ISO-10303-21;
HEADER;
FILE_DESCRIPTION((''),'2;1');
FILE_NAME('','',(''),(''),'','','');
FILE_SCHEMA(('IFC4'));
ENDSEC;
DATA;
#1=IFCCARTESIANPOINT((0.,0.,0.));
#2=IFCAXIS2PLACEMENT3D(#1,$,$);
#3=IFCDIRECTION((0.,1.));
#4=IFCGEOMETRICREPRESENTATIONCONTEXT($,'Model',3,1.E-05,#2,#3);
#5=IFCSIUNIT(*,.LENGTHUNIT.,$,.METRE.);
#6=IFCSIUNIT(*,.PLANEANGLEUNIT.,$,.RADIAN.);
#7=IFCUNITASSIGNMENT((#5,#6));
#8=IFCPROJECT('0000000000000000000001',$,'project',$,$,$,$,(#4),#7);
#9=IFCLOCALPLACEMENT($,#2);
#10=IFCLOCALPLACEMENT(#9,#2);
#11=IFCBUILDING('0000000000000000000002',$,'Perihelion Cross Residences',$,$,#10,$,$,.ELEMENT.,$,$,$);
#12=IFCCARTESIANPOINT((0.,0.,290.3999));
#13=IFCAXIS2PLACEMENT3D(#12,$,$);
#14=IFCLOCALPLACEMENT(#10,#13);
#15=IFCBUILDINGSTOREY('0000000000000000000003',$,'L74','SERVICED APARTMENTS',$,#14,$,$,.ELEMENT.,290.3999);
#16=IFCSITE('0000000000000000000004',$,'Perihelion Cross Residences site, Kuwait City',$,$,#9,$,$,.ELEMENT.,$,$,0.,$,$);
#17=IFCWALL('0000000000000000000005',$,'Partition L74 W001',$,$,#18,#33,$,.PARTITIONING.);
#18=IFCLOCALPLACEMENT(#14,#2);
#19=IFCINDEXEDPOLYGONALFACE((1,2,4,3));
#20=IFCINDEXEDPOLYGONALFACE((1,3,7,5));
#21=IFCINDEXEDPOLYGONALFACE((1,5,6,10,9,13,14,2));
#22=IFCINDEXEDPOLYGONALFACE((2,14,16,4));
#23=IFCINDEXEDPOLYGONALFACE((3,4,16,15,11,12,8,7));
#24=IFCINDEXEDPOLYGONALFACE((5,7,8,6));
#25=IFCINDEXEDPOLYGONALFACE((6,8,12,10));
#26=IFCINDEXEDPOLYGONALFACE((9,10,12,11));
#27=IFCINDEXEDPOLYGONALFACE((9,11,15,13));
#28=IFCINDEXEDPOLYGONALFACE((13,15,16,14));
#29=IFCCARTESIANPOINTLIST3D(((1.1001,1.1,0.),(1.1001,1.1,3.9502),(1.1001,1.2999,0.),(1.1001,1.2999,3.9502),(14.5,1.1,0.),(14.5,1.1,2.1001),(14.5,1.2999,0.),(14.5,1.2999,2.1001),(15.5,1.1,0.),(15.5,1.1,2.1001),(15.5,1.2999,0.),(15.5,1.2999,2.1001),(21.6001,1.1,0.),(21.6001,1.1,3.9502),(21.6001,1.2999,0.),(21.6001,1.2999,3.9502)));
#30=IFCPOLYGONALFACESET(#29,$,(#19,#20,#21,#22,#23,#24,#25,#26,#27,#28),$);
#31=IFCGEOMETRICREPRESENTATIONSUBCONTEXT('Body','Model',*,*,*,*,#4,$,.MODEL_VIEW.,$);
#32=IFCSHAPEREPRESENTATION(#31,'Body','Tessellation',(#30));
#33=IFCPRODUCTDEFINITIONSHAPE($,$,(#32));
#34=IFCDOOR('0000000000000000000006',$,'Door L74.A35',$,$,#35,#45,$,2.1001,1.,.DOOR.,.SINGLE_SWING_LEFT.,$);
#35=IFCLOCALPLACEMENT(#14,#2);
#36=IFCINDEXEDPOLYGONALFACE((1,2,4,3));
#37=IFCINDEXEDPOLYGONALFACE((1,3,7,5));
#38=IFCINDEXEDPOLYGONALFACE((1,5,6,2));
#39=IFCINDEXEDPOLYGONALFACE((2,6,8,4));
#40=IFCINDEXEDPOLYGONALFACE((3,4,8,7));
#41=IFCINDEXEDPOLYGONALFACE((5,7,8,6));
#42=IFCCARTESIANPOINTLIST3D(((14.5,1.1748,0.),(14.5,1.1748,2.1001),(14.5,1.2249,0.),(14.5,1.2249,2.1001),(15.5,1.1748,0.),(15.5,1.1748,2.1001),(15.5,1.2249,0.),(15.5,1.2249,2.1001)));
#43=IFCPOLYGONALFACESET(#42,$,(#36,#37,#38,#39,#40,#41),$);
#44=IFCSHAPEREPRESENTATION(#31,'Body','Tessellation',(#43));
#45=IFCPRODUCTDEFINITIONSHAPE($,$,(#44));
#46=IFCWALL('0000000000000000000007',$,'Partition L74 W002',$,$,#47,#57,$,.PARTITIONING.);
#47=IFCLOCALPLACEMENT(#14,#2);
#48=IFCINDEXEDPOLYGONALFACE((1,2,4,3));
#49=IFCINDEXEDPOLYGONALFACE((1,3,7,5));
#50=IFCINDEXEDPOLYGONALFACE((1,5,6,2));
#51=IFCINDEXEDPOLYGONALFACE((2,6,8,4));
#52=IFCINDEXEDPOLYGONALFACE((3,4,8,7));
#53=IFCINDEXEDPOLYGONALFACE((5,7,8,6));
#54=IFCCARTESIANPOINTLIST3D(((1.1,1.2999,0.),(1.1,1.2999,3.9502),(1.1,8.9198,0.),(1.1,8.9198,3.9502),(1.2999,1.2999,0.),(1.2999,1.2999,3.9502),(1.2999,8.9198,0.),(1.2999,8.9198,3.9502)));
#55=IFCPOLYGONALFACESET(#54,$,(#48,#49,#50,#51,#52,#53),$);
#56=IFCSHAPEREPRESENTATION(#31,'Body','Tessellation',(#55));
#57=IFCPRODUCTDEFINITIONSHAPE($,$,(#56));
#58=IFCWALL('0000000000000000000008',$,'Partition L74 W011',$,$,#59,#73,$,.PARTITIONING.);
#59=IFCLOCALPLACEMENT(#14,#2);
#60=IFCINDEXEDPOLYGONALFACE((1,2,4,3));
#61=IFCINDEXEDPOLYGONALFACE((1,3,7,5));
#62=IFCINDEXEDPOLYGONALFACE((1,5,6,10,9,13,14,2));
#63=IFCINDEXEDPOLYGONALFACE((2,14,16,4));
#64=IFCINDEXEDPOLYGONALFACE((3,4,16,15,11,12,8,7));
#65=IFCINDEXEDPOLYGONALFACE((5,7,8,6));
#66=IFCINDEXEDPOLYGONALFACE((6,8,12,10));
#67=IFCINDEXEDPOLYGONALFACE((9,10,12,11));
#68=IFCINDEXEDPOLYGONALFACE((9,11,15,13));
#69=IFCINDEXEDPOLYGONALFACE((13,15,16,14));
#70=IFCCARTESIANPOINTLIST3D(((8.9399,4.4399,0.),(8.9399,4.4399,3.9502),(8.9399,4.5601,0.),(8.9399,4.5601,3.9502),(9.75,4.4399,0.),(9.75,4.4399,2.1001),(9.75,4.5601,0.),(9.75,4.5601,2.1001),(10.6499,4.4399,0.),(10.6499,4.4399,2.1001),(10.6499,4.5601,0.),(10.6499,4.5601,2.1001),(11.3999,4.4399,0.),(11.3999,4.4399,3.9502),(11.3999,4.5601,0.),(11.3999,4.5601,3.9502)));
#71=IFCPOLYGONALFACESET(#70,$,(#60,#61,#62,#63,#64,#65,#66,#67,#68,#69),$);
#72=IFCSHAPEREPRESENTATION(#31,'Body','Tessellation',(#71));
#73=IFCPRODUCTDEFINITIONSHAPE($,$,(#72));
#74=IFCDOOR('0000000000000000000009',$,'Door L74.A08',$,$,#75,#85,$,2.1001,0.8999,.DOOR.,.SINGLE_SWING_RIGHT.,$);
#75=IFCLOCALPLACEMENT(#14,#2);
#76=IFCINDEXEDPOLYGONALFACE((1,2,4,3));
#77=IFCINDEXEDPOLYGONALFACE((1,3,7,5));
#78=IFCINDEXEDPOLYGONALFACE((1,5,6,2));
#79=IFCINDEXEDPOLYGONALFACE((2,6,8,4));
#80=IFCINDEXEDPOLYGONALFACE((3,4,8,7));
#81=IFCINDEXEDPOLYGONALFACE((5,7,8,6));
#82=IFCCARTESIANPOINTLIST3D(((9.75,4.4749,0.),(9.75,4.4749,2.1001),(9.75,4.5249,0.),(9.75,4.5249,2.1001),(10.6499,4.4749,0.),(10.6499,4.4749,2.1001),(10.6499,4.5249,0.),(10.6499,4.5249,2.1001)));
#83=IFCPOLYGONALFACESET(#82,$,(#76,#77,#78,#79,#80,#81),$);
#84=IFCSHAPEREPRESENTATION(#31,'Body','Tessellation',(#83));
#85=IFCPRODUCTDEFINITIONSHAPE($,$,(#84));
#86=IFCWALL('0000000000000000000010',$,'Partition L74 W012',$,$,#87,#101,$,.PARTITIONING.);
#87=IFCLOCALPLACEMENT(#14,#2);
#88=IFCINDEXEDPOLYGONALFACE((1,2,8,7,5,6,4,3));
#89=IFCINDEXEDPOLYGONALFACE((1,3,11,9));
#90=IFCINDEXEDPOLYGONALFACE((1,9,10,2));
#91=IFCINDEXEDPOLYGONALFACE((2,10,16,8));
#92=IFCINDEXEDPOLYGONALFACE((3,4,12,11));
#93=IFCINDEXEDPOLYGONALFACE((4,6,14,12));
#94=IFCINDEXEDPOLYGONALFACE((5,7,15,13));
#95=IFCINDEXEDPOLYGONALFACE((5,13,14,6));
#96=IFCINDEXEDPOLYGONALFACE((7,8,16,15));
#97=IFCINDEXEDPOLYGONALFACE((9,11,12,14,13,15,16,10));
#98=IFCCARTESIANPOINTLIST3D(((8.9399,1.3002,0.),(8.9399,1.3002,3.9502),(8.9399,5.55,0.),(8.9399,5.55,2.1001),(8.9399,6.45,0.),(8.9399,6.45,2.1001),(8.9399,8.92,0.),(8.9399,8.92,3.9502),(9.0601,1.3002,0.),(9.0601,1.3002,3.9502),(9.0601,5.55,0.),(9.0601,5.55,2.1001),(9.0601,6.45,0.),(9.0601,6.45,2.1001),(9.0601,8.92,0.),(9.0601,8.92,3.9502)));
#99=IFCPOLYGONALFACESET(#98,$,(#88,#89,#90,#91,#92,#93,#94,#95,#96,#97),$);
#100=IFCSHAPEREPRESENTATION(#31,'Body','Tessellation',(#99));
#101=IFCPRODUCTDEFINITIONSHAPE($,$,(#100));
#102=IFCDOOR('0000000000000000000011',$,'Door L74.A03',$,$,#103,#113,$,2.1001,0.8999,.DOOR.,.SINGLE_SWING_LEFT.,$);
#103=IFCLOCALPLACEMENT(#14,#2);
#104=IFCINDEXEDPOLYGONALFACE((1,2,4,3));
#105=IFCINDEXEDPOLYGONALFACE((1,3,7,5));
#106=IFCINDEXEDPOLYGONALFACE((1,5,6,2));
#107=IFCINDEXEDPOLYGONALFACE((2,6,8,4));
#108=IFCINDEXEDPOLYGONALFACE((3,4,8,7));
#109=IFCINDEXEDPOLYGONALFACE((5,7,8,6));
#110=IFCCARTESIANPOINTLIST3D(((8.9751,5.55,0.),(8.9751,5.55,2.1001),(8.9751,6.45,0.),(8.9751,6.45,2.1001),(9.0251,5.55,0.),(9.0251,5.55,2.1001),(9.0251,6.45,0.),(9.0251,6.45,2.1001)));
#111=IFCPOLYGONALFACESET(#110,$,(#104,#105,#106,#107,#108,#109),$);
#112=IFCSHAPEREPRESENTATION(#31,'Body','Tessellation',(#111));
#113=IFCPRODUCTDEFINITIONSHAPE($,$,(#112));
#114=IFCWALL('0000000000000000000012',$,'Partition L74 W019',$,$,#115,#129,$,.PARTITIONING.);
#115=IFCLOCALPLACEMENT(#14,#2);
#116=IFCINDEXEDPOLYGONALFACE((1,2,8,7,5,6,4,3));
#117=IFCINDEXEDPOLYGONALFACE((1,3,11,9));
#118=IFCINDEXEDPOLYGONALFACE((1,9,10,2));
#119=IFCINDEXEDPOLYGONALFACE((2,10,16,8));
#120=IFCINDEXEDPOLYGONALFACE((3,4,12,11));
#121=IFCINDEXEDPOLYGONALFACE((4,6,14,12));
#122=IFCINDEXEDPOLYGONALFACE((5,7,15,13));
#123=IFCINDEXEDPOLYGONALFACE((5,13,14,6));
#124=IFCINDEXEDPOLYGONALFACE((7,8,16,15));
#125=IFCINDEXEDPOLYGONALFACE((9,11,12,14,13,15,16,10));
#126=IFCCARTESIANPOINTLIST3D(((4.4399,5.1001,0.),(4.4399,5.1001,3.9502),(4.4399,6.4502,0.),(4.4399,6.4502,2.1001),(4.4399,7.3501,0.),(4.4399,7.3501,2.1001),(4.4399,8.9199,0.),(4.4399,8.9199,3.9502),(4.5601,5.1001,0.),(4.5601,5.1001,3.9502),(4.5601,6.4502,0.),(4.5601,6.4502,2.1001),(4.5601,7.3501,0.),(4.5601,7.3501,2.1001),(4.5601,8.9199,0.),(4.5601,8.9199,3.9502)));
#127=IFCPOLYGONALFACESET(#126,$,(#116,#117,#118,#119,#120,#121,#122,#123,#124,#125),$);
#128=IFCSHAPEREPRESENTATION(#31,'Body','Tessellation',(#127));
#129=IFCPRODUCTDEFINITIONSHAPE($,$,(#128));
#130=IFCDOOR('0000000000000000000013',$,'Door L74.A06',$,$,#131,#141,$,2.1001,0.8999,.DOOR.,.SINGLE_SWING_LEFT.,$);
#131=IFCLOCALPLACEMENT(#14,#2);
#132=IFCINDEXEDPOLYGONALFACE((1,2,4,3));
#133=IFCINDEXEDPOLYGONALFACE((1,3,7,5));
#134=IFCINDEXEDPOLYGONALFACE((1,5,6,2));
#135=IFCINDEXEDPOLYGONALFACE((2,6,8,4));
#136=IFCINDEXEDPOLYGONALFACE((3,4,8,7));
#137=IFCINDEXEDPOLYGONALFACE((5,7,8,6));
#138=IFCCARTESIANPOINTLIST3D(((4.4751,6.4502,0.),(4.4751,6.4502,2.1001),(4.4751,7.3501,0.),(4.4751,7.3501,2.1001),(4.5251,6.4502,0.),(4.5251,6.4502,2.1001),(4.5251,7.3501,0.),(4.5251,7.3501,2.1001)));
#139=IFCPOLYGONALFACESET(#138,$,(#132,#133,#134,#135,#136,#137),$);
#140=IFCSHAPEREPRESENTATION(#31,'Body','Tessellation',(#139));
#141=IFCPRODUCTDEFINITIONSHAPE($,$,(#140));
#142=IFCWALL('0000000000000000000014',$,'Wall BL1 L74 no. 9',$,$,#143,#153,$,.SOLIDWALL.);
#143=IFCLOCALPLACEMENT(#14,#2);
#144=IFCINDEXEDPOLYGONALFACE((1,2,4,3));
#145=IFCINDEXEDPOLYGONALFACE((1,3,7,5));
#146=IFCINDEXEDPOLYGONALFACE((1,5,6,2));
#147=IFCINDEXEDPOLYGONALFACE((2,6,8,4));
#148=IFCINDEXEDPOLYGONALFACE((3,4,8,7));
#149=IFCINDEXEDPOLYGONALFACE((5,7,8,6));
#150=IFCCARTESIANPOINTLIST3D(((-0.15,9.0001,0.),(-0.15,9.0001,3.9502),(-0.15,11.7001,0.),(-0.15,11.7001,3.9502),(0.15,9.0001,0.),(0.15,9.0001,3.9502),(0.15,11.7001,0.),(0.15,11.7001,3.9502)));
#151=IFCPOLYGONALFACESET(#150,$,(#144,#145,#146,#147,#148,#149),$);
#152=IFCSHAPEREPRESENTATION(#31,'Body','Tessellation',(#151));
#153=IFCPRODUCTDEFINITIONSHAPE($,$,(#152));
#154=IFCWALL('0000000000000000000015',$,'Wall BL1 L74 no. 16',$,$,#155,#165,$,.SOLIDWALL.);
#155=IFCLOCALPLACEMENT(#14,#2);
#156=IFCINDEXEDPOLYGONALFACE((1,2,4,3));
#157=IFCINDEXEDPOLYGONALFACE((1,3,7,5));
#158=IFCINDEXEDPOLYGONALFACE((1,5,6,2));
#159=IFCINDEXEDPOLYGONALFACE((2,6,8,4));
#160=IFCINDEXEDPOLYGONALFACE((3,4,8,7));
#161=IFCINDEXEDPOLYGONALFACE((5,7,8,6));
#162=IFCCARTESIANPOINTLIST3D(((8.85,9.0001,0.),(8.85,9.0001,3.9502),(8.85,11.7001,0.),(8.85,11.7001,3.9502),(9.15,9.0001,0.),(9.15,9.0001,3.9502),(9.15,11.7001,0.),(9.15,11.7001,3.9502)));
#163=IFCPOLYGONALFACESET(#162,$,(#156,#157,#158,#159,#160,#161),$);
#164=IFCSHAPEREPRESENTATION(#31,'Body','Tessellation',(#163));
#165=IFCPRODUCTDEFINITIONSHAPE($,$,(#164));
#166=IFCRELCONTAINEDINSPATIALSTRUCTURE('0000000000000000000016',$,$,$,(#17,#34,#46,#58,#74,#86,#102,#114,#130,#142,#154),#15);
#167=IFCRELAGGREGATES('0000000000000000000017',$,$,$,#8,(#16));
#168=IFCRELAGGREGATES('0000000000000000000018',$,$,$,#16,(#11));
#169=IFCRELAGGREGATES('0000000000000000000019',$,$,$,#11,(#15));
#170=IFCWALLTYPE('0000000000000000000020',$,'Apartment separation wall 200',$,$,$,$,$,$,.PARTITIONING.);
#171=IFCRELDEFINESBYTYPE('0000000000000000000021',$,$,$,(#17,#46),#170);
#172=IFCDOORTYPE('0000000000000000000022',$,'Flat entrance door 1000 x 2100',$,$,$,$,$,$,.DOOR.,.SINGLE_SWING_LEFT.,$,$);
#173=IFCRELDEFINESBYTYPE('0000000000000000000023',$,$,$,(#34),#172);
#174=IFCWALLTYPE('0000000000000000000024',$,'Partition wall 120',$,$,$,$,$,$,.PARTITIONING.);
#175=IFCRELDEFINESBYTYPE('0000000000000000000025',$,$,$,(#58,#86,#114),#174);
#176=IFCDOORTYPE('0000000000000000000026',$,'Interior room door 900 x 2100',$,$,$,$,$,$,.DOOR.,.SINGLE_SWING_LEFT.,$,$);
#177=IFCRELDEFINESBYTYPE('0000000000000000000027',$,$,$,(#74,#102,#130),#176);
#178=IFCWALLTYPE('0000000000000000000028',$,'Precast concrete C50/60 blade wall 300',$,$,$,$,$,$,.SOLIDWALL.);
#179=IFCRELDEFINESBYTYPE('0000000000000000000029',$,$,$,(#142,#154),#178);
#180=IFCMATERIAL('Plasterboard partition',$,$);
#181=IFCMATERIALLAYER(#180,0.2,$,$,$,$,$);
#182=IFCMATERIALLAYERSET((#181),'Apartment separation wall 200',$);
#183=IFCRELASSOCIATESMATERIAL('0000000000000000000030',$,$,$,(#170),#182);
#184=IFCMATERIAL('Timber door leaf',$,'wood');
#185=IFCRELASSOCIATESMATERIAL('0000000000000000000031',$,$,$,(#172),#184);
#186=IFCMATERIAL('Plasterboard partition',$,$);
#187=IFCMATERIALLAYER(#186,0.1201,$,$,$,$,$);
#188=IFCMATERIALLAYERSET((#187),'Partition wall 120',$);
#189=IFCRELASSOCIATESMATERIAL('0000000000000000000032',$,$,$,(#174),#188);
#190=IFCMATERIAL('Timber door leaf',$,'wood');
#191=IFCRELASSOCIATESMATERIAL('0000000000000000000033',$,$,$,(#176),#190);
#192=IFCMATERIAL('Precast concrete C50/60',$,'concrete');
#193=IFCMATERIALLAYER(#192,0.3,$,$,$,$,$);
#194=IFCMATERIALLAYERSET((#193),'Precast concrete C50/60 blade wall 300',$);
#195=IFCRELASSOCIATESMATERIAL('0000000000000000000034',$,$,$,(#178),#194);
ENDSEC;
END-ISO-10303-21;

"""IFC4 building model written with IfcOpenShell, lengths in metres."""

from ifc_helpers import new_model, si_unit, direction, frame, frame_2d, origin, place, context, subcontext, project, spatial, rectangle, extrude, material, layer, layer_set, type_object, element, fill, save


model = new_model("IFC4")

# Units and contexts
model_context = context("Model", 3, precision=1e-05, world=origin(), true_north=direction((0.0, 1.0)))
body_context = subcontext(model_context, "Body", "Model", "MODEL_VIEW")
ifc_project = project(units=[si_unit("LENGTHUNIT", "METRE"), si_unit("PLANEANGLEUNIT", "RADIAN")], contexts=[model_context])

# Site, building, storey
site_placement = place(None, origin())
site = spatial("IfcSite", under=ifc_project, at=site_placement, Name="Perihelion Cross Residences site, Kuwait City", CompositionType="ELEMENT", RefElevation=0.0)
building_placement = place(site_placement, origin())
building = spatial("IfcBuilding", under=site, at=building_placement, Name="Perihelion Cross Residences", CompositionType="ELEMENT")
storey_placement = place(building_placement, frame((0.0, 0.0, 290.3999)))
storey = spatial("IfcBuildingStorey", under=building, at=storey_placement, Name="L74", Description="SERVICED APARTMENTS", CompositionType="ELEMENT", Elevation=290.3999)

# Wall, opening, door
ifc_material_1 = material(Name="Plasterboard partition")
ifc_layer_1 = layer(ifc_material_1, 0.2)
ifc_layer_set_1 = layer_set([ifc_layer_1], Name="Apartment separation wall 200")
wall_type_1 = type_object("IfcWallType", Name="Apartment separation wall 200", PredefinedType="PARTITIONING", material=ifc_layer_set_1)
wall_1_placement = place(storey_placement, frame((1.1001, 1.2, 0.0), z_axis=(0.0, 0.0, 1.0), x_axis=(1.0, 0.0, 0.0)))
wall_1 = element("IfcWall", 1, at=wall_1_placement, inside=storey, type_object=wall_type_1, Name="Partition L74 W001", PredefinedType="PARTITIONING", context=body_context, shape_type="SweptSolid", body=[
    extrude(rectangle(XDim=20.5, YDim=0.2, at=frame_2d((10.25, 0.0))), origin(), (0.0, 0.0, 1.0), 3.9502),
])
opening_1_placement = place(wall_1_placement, frame((13.3999, 0.0, 0.0)))
opening_1 = element("IfcOpeningElement", 2, at=opening_1_placement, cuts=wall_1, PredefinedType="OPENING", context=body_context, shape_type="SweptSolid", body=[
    extrude(rectangle(XDim=1.0, YDim=2.1001, at=frame_2d((0.5, 1.05))), frame((0.0, 0.1099, 0.0), z_axis=(0.0, -1.0, 0.0), x_axis=(1.0, 0.0, 0.0)), (0.0, 0.0, 1.0), 0.22),
])
ifc_material_2 = material(Name="Timber door leaf", Category="wood")
door_type_1 = type_object("IfcDoorType", Name="Flat entrance door 1000 x 2100", OperationType="SINGLE_SWING_LEFT", PredefinedType="DOOR", material=ifc_material_2)
door_1_placement = place(opening_1_placement, origin())
door_1 = element("IfcDoor", 3, at=door_1_placement, inside=storey, type_object=door_type_1, Name="Door L74.A35", OperationType="SINGLE_SWING_LEFT", OverallHeight=2.1001, OverallWidth=1.0, PredefinedType="DOOR", context=body_context, shape_type="SweptSolid", body=[
    extrude(rectangle(XDim=1.0, YDim=2.1001, at=frame_2d((0.5, 1.05))), frame((0.0, 0.0249, 0.0), z_axis=(0.0, -1.0, 0.0), x_axis=(1.0, 0.0, 0.0)), (0.0, 0.0, 1.0), 0.05),
])
fill(opening_1, door_1)

# Wall
wall_2_placement = place(storey_placement, frame((1.2, 8.9199, 0.0), z_axis=(0.0, 0.0, 1.0), x_axis=(0.0, -1.0, 0.0)))
element("IfcWall", 4, at=wall_2_placement, inside=storey, type_object=wall_type_1, Name="Partition L74 W002", PredefinedType="PARTITIONING", context=body_context, shape_type="SweptSolid", body=[
    extrude(rectangle(XDim=7.6199, YDim=0.2, at=frame_2d((3.8101, 0.0))), origin(), (0.0, 0.0, 1.0), 3.9502),
])

# Walls, openings, doors
ifc_material_3 = material(Name="Plasterboard partition")
ifc_layer_2 = layer(ifc_material_3, 0.1201)
ifc_layer_set_2 = layer_set([ifc_layer_2], Name="Partition wall 120")
wall_type_2 = type_object("IfcWallType", Name="Partition wall 120", PredefinedType="PARTITIONING", material=ifc_layer_set_2)
wall_3_placement = place(storey_placement, frame((8.9399, 4.5, 0.0), z_axis=(0.0, 0.0, 1.0), x_axis=(1.0, 0.0, 0.0)))
wall_3 = element("IfcWall", 5, at=wall_3_placement, inside=storey, type_object=wall_type_2, Name="Partition L74 W011", PredefinedType="PARTITIONING", context=body_context, shape_type="SweptSolid", body=[
    extrude(rectangle(XDim=2.46, YDim=0.1201, at=frame_2d((1.23, 0.0))), origin(), (0.0, 0.0, 1.0), 3.9502),
])
opening_2_placement = place(wall_3_placement, frame((0.8101, 0.0, 0.0)))
opening_2 = element("IfcOpeningElement", 6, at=opening_2_placement, cuts=wall_3, PredefinedType="OPENING", context=body_context, shape_type="SweptSolid", body=[
    extrude(rectangle(XDim=0.8999, YDim=2.1001, at=frame_2d((0.45, 1.05))), frame((0.0, 0.0701, 0.0), z_axis=(0.0, -1.0, 0.0), x_axis=(1.0, 0.0, 0.0)), (0.0, 0.0, 1.0), 0.1401),
])
ifc_material_4 = material(Name="Timber door leaf", Category="wood")
door_type_2 = type_object("IfcDoorType", Name="Interior room door 900 x 2100", OperationType="SINGLE_SWING_LEFT", PredefinedType="DOOR", material=ifc_material_4)
door_2_placement = place(opening_2_placement, origin())
door_2 = element("IfcDoor", 7, at=door_2_placement, inside=storey, type_object=door_type_2, Name="Door L74.A08", OperationType="SINGLE_SWING_RIGHT", OverallHeight=2.1001, OverallWidth=0.8999, PredefinedType="DOOR", context=body_context, shape_type="SweptSolid", body=[
    extrude(rectangle(XDim=0.8999, YDim=2.1001, at=frame_2d((0.45, 1.05))), frame((0.0, 0.0249, 0.0), z_axis=(0.0, -1.0, 0.0), x_axis=(1.0, 0.0, 0.0)), (0.0, 0.0, 1.0), 0.05),
])
fill(opening_2, door_2)
wall_4_placement = place(storey_placement, frame((9.0, 1.3, 0.0), z_axis=(0.0, 0.0, 1.0), x_axis=(0.0, 1.0, 0.0)))
wall_4 = element("IfcWall", 8, at=wall_4_placement, inside=storey, type_object=wall_type_2, Name="Partition L74 W012", PredefinedType="PARTITIONING", context=body_context, shape_type="SweptSolid", body=[
    extrude(rectangle(XDim=7.6199, YDim=0.1201, at=frame_2d((3.8101, 0.0))), origin(), (0.0, 0.0, 1.0), 3.9502),
])
opening_3_placement = place(wall_4_placement, frame((4.25, 0.0, 0.0)))
opening_3 = element("IfcOpeningElement", 9, at=opening_3_placement, cuts=wall_4, PredefinedType="OPENING", context=body_context, shape_type="SweptSolid", body=[
    extrude(rectangle(XDim=0.8999, YDim=2.1001, at=frame_2d((0.45, 1.05))), frame((0.0, 0.0701, 0.0), z_axis=(0.0, -1.0, 0.0), x_axis=(1.0, 0.0, 0.0)), (0.0, 0.0, 1.0), 0.1401),
])
door_3_placement = place(opening_3_placement, origin())
door_3 = element("IfcDoor", 10, at=door_3_placement, inside=storey, type_object=door_type_2, Name="Door L74.A03", OperationType="SINGLE_SWING_LEFT", OverallHeight=2.1001, OverallWidth=0.8999, PredefinedType="DOOR", context=body_context, shape_type="SweptSolid", body=[
    extrude(rectangle(XDim=0.8999, YDim=2.1001, at=frame_2d((0.45, 1.05))), frame((0.0, 0.0249, 0.0), z_axis=(0.0, -1.0, 0.0), x_axis=(1.0, 0.0, 0.0)), (0.0, 0.0, 1.0), 0.05),
])
fill(opening_3, door_3)
wall_5_placement = place(storey_placement, frame((4.5, 5.1001, 0.0), z_axis=(0.0, 0.0, 1.0), x_axis=(0.0, 1.0, 0.0)))
wall_5 = element("IfcWall", 11, at=wall_5_placement, inside=storey, type_object=wall_type_2, Name="Partition L74 W019", PredefinedType="PARTITIONING", context=body_context, shape_type="SweptSolid", body=[
    extrude(rectangle(XDim=3.8198, YDim=0.1201, at=frame_2d((1.9099, 0.0))), origin(), (0.0, 0.0, 1.0), 3.9502),
])
opening_4_placement = place(wall_5_placement, frame((1.3501, 0.0, 0.0)))
opening_4 = element("IfcOpeningElement", 12, at=opening_4_placement, cuts=wall_5, PredefinedType="OPENING", context=body_context, shape_type="SweptSolid", body=[
    extrude(rectangle(XDim=0.8999, YDim=2.1001, at=frame_2d((0.45, 1.05))), frame((0.0, 0.0701, 0.0), z_axis=(0.0, -1.0, 0.0), x_axis=(1.0, 0.0, 0.0)), (0.0, 0.0, 1.0), 0.1401),
])
door_4_placement = place(opening_4_placement, origin())
door_4 = element("IfcDoor", 13, at=door_4_placement, inside=storey, type_object=door_type_2, Name="Door L74.A06", OperationType="SINGLE_SWING_LEFT", OverallHeight=2.1001, OverallWidth=0.8999, PredefinedType="DOOR", context=body_context, shape_type="SweptSolid", body=[
    extrude(rectangle(XDim=0.8999, YDim=2.1001, at=frame_2d((0.45, 1.05))), frame((0.0, 0.0249, 0.0), z_axis=(0.0, -1.0, 0.0), x_axis=(1.0, 0.0, 0.0)), (0.0, 0.0, 1.0), 0.05),
])
fill(opening_4, door_4)

# Walls
ifc_material_5 = material(Name="Precast concrete C50/60", Category="concrete")
ifc_layer_3 = layer(ifc_material_5, 0.3)
ifc_layer_set_3 = layer_set([ifc_layer_3], Name="Precast concrete C50/60 blade wall 300")
wall_type_3 = type_object("IfcWallType", Name="Precast concrete C50/60 blade wall 300", PredefinedType="SOLIDWALL", material=ifc_layer_set_3)
for number, where, z_axis, x_axis, name in (
    (14, (0.0, 9.0, 0.0), (0.0, 0.0, 1.0), (0.0, 1.0, 0.0), "Wall BL1 L74 no. 9"),
    (15, (9.0, 9.0, 0.0), (0.0, 0.0, 1.0), (0.0, 1.0, 0.0), "Wall BL1 L74 no. 16"),
):
    element("IfcWall", number, at=place(storey_placement, frame(where, z_axis=z_axis, x_axis=x_axis)), inside=storey, type_object=wall_type_3, Name=name, PredefinedType="SOLIDWALL", context=body_context, shape_type="SweptSolid", body=[
        extrude(rectangle(XDim=2.7, YDim=0.3, at=frame_2d((1.3501, 0.0))), origin(), (0.0, 0.0, 1.0), 3.9502),
    ])

save(model, "model.ifc")
